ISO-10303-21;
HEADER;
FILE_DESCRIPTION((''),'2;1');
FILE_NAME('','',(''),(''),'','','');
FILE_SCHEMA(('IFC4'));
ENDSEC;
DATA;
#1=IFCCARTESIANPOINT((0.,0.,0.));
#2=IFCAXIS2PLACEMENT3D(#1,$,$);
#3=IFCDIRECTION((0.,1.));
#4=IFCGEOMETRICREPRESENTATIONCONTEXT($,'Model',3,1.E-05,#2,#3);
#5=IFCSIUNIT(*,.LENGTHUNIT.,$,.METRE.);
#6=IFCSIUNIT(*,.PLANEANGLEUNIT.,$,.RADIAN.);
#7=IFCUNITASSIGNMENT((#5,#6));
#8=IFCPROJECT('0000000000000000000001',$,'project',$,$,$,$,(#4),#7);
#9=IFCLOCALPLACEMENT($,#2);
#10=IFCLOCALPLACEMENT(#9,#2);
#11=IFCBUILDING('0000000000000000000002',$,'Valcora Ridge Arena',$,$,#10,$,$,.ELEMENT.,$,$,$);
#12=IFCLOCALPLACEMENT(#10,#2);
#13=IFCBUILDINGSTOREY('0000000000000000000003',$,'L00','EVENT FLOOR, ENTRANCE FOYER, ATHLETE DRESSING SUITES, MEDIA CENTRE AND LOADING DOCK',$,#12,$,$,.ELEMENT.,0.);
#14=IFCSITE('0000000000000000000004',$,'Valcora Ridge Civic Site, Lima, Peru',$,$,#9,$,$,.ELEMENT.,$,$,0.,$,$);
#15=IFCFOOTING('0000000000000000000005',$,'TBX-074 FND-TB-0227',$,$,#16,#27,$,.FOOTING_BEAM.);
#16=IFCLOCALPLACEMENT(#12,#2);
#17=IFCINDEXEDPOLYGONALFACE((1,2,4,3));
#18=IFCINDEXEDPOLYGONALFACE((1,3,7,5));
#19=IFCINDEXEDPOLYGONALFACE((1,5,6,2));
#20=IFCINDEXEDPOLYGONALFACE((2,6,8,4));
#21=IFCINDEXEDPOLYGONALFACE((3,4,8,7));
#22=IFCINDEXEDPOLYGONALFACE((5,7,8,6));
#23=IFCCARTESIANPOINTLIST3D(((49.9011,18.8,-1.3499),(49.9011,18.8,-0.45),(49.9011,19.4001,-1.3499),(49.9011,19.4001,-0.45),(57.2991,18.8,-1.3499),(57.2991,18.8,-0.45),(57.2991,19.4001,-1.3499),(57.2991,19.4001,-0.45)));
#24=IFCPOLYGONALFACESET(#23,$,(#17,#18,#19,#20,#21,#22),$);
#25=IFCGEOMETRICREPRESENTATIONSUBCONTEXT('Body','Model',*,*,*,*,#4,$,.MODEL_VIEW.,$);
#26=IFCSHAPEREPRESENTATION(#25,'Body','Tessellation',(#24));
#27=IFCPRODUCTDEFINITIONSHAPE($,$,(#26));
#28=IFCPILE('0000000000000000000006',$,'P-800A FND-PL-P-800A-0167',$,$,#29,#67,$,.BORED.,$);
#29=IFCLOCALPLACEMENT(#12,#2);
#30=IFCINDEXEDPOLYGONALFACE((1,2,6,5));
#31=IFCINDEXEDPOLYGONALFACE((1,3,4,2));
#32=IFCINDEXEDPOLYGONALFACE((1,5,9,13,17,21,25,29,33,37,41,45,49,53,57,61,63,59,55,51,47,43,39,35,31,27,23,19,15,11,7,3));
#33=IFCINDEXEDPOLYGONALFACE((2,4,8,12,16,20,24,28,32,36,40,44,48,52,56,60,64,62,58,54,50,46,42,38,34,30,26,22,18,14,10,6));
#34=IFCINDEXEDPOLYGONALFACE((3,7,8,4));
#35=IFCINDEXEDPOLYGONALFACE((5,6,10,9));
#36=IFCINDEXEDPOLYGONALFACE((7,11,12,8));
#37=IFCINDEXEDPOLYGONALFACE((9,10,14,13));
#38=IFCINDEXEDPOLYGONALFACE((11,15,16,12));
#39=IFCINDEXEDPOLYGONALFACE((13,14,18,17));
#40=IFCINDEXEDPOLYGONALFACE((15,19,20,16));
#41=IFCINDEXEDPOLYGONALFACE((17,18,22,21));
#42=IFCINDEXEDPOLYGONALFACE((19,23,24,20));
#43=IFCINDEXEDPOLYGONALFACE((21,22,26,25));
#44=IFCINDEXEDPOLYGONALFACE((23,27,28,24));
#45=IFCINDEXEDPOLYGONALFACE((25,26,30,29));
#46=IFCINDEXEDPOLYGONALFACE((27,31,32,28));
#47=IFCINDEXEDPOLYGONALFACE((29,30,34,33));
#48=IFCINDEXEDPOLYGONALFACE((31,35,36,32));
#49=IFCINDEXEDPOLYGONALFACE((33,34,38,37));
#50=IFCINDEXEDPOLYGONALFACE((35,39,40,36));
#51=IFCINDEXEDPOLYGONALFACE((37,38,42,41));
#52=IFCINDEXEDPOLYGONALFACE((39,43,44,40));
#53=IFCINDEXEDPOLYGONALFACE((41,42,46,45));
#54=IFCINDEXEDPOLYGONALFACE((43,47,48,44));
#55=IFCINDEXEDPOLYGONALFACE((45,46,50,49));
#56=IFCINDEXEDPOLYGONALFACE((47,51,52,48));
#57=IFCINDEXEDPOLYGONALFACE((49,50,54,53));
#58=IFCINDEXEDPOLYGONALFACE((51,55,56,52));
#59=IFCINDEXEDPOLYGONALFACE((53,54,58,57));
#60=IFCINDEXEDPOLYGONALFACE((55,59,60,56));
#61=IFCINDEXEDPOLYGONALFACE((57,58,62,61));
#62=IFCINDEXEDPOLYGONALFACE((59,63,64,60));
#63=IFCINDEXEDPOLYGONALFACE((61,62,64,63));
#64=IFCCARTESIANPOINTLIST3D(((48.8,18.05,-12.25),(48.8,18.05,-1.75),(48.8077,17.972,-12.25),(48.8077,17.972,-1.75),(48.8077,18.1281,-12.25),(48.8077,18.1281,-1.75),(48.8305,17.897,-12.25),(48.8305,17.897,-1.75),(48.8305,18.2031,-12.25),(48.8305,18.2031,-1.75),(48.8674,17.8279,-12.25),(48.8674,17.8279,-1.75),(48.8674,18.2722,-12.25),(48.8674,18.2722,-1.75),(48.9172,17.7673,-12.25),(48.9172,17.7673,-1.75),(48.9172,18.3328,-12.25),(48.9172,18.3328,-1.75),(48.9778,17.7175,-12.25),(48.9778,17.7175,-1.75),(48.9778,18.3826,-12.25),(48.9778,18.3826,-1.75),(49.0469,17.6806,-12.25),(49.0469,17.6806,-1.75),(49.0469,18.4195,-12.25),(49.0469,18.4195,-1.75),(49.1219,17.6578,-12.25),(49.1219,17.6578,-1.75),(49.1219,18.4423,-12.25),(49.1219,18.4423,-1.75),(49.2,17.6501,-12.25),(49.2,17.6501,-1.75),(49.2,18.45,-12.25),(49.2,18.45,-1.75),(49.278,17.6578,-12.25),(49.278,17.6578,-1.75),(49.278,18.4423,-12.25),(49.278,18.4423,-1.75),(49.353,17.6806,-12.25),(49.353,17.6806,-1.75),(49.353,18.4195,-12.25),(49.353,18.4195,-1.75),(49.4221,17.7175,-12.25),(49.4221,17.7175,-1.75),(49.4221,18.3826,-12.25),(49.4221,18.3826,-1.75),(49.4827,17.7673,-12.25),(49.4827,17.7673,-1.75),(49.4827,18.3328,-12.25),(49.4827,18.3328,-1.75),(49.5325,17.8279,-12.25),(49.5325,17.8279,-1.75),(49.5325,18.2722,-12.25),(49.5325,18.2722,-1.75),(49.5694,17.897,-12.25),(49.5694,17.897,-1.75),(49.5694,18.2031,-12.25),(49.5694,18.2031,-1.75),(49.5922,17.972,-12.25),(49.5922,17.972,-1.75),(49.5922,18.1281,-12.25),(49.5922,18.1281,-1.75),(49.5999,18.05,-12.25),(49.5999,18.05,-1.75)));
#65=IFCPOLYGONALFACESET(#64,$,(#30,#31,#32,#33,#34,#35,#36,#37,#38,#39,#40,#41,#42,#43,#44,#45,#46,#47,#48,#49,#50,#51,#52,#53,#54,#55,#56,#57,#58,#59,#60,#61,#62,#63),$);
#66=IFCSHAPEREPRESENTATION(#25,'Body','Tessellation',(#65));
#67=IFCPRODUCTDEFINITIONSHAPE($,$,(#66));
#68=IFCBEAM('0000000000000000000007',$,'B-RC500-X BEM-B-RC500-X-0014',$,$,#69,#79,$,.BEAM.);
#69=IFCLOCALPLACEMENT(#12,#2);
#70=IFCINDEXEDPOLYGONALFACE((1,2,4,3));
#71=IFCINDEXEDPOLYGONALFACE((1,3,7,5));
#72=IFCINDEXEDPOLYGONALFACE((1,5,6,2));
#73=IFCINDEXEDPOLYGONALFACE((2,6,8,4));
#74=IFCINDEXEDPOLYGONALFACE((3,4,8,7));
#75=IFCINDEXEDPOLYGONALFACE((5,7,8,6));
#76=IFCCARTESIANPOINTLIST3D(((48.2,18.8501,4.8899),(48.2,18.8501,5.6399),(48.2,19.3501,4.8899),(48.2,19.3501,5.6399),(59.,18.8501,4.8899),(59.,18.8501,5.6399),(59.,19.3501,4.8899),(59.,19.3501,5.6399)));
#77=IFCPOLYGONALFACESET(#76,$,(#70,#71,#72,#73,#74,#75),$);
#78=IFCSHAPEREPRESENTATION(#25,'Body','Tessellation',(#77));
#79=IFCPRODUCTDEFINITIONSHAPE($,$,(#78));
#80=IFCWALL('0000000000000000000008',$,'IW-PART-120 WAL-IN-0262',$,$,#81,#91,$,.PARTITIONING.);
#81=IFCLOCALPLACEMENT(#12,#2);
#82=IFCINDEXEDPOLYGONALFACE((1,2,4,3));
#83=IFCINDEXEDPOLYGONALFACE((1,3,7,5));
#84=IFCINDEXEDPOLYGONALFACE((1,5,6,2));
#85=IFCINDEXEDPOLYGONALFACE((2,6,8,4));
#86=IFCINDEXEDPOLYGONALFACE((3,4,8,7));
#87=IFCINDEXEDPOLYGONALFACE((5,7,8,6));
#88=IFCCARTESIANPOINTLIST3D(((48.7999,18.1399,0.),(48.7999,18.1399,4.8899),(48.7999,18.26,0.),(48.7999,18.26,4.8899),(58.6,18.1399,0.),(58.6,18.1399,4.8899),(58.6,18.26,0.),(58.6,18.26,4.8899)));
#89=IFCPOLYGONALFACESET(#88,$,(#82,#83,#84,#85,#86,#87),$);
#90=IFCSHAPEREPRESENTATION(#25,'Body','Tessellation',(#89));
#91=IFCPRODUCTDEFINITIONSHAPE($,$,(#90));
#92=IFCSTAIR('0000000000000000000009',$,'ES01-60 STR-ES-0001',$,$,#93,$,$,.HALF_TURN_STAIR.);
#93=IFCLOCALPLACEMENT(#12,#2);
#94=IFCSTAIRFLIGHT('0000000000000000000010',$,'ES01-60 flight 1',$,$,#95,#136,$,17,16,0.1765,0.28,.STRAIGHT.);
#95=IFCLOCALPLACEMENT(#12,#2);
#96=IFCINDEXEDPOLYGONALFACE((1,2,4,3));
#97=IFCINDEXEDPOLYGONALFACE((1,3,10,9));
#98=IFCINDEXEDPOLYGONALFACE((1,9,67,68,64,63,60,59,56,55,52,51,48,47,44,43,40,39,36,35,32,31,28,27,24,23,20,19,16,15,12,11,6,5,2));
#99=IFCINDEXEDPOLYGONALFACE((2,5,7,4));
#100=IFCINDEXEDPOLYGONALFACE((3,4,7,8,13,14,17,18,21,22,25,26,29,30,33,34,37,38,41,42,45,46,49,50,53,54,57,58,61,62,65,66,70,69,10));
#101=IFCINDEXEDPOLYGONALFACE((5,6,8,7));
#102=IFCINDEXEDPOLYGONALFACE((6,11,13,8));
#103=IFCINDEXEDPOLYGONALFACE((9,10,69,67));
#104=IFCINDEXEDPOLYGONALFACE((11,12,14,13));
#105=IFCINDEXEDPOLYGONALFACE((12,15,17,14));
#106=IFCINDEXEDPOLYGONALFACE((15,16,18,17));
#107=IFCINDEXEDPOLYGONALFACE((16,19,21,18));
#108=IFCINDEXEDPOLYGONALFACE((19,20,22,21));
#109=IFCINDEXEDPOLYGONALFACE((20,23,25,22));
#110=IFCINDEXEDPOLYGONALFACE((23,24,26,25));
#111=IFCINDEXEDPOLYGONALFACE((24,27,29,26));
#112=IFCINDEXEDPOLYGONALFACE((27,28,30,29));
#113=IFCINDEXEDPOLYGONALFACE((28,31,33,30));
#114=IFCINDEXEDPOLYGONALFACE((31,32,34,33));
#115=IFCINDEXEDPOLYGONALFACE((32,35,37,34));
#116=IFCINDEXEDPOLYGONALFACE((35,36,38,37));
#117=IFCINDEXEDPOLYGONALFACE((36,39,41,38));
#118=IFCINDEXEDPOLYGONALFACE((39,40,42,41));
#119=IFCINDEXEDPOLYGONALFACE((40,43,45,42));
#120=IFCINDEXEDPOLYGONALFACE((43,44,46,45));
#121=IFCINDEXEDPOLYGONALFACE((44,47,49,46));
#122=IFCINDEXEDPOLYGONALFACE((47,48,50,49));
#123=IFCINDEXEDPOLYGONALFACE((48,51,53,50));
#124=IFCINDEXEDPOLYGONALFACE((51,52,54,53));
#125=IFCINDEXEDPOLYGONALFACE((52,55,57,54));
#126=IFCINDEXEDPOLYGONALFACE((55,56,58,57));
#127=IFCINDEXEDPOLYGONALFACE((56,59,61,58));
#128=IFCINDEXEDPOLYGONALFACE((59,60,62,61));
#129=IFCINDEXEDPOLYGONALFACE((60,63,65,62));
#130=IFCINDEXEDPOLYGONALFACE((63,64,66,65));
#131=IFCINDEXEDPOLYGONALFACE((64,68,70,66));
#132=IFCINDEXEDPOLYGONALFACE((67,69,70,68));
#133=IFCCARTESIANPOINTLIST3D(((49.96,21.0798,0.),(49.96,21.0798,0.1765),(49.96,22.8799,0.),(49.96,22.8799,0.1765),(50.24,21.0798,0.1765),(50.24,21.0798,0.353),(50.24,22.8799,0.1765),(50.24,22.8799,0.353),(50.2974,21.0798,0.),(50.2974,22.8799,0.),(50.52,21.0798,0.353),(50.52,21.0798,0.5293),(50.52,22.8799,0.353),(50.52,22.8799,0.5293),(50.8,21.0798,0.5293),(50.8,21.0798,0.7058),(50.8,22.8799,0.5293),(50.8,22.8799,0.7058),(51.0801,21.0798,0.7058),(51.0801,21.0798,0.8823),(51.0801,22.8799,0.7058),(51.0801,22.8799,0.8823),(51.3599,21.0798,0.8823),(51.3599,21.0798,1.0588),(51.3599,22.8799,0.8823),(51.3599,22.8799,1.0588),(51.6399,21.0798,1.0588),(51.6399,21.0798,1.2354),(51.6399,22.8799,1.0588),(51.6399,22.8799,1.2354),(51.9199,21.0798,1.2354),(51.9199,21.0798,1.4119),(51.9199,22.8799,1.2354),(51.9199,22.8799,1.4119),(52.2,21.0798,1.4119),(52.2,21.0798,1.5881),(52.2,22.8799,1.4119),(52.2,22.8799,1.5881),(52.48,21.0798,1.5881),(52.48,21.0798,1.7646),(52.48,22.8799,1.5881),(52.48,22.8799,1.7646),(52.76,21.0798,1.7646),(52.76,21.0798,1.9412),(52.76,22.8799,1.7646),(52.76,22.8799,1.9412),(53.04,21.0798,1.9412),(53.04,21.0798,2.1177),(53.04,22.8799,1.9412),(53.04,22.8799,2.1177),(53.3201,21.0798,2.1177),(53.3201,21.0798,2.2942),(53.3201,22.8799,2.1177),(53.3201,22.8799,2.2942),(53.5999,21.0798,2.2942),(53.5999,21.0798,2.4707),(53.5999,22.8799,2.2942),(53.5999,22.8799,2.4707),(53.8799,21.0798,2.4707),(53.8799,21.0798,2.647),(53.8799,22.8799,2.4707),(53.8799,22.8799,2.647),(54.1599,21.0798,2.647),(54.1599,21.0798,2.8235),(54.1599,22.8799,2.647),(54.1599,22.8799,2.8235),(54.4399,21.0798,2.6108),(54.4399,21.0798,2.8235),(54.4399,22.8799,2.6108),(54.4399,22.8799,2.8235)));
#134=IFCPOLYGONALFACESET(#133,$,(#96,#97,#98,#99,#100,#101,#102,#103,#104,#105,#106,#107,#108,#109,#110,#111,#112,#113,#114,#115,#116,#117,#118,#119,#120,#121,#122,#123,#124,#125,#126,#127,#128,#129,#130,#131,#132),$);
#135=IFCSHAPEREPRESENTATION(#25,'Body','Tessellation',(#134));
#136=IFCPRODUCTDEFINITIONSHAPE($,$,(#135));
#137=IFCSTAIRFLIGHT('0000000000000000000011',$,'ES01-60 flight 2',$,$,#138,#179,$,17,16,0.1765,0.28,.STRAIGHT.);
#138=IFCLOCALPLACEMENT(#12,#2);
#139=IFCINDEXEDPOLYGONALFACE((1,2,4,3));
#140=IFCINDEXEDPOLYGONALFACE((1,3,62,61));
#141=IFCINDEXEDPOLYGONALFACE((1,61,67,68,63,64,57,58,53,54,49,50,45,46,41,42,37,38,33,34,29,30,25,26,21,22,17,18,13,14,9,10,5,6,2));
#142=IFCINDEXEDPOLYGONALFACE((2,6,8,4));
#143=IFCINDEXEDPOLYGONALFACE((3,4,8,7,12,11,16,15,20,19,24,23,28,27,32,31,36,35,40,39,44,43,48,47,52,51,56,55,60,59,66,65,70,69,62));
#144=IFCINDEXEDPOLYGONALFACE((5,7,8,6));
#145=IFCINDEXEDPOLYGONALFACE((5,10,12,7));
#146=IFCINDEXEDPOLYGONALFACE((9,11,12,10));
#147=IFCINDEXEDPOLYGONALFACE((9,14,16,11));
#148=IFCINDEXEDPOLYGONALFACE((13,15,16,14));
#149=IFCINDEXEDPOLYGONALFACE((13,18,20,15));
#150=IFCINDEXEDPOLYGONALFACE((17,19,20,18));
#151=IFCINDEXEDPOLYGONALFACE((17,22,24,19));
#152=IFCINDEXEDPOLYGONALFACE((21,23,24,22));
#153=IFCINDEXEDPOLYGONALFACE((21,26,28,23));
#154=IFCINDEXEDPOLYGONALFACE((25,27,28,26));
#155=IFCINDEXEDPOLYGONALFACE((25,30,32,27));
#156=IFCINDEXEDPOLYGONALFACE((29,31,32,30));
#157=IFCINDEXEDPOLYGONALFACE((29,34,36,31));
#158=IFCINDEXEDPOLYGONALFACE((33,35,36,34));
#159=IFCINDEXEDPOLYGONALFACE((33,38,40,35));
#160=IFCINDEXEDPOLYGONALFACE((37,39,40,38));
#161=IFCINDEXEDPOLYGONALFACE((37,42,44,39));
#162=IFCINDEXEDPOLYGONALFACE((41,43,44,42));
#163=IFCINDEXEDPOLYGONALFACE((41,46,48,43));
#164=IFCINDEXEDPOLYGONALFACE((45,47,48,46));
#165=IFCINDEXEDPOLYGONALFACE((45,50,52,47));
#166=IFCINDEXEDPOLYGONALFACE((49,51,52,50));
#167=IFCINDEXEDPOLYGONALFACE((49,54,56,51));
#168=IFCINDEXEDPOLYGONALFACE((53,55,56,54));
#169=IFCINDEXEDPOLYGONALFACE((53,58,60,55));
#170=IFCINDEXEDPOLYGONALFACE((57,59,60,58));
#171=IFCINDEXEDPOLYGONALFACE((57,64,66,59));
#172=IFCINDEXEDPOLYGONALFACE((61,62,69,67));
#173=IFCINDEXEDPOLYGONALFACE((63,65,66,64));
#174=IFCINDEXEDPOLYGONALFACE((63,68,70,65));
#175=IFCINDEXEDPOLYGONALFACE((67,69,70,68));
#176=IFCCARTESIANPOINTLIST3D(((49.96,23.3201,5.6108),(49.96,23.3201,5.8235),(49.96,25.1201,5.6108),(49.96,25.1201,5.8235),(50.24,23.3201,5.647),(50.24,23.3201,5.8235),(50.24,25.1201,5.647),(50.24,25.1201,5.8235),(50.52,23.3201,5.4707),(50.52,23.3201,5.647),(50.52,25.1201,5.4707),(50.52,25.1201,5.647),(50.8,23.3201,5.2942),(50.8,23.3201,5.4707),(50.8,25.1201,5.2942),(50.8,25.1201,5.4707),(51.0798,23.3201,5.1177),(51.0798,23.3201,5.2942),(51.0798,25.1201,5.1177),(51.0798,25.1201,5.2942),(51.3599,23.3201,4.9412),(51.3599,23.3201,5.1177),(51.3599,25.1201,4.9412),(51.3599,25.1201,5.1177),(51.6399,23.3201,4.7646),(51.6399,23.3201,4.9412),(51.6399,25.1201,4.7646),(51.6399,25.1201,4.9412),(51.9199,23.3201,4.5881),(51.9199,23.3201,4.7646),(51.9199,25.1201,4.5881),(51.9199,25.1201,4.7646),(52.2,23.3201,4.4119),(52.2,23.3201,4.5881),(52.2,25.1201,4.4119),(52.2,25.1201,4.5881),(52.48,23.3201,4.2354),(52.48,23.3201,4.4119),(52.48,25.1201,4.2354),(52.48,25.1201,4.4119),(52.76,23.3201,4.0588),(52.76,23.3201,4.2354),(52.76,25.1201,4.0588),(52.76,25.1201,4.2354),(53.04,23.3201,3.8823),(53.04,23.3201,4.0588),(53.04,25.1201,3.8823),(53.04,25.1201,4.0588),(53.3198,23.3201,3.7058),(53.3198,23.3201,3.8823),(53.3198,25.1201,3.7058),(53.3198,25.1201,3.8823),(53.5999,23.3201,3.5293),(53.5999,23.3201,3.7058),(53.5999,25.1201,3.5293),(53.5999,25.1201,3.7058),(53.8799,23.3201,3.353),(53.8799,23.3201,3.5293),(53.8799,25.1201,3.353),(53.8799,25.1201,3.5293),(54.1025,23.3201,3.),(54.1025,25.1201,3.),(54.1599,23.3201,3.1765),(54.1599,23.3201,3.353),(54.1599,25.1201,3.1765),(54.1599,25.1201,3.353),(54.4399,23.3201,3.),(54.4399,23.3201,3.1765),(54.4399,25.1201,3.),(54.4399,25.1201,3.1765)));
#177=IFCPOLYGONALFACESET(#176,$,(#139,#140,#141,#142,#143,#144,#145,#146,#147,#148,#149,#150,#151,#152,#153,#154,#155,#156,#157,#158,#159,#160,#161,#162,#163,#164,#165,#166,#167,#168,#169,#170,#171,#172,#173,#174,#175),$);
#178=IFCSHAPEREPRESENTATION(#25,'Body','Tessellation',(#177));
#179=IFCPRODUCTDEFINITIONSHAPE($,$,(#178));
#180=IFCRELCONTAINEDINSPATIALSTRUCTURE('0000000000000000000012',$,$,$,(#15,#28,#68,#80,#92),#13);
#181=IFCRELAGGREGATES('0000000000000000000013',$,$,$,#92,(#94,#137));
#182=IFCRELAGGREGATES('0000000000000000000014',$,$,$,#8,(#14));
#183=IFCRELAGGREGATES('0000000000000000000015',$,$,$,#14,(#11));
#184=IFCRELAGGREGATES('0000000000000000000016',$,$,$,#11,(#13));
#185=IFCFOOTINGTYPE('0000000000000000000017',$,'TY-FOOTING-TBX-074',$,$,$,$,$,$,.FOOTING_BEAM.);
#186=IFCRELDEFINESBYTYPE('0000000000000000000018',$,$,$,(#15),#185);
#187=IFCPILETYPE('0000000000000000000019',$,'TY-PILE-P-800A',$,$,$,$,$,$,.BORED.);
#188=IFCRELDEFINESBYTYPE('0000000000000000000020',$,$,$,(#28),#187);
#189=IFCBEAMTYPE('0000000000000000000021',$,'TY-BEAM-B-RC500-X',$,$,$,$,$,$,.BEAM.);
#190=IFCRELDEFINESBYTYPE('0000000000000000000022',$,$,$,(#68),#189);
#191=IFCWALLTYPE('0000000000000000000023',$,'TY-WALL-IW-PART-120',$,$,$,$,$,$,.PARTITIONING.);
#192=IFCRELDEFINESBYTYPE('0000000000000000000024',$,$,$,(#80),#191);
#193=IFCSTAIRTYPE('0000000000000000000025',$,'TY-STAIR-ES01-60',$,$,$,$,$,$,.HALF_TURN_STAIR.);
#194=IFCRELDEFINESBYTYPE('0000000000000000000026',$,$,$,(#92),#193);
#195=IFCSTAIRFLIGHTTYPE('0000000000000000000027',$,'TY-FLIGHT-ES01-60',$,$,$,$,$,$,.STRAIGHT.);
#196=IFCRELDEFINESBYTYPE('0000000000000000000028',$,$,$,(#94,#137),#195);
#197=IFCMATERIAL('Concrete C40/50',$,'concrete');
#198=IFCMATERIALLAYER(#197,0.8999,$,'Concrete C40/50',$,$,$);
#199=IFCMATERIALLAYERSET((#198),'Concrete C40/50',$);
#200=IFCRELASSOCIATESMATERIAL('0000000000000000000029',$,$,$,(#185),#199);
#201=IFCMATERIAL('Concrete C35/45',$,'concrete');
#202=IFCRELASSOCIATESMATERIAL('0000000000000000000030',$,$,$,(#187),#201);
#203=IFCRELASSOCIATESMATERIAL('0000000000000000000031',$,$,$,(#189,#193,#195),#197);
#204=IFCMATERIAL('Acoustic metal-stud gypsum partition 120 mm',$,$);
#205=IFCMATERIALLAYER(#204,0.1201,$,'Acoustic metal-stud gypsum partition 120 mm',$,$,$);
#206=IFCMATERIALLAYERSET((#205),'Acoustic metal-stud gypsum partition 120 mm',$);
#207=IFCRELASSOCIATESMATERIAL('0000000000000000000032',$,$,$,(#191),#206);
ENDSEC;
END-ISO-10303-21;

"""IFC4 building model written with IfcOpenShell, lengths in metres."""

from ifc_helpers import new_model, si_unit, direction, frame, frame_2d, origin, origin_2d, place, context, subcontext, project, spatial, polyline, rectangle, circle, outline, extrude, material, layer, layer_set, material_profile, profile_set, type_object, element, aggregate, save


model = new_model("IFC4")

# Units and contexts
model_context = context("Model", 3, precision=1e-05, world=origin(), true_north=direction((0.0, 1.0)))
body_context = subcontext(model_context, "Body", "Model", "MODEL_VIEW")
ifc_project = project(units=[si_unit("LENGTHUNIT", "METRE"), si_unit("PLANEANGLEUNIT", "RADIAN")], contexts=[model_context])

# Site, building, storey
site_placement = place(None, origin())
site = spatial("IfcSite", under=ifc_project, at=site_placement, Name="Valcora Ridge Civic Site, Lima, Peru", CompositionType="ELEMENT", RefElevation=0.0)
building_placement = place(site_placement, origin())
building = spatial("IfcBuilding", under=site, at=building_placement, Name="Valcora Ridge Arena", CompositionType="ELEMENT")
storey_placement = place(building_placement, origin())
storey = spatial("IfcBuildingStorey", under=building, at=storey_placement, Name="L00", Description="EVENT FLOOR, ENTRANCE FOYER, ATHLETE DRESSING SUITES, MEDIA CENTRE AND LOADING DOCK", CompositionType="ELEMENT", Elevation=0.0)

# Footing
ifc_material_1 = material(Name="Concrete C40/50", Category="concrete")
ifc_layer_1 = layer(ifc_material_1, 0.8999, Name="Concrete C40/50")
ifc_layer_set_1 = layer_set([ifc_layer_1], Name="Concrete C40/50")
footing_type = type_object("IfcFootingType", Name="TY-FOOTING-TBX-074", PredefinedType="FOOTING_BEAM", material=ifc_layer_set_1)
footing_placement = place(storey_placement, frame((53.6001, 19.1001, -1.3499), z_axis=(0.0, 0.0, 1.0), x_axis=(1.0, 0.0, 0.0)))
element("IfcFooting", 1, at=footing_placement, inside=storey, type_object=footing_type, Name="TBX-074 FND-TB-0227", PredefinedType="FOOTING_BEAM", context=body_context, shape_type="SweptSolid", body=[
    extrude(rectangle(XDim=7.3979, YDim=0.6001, at=origin_2d()), origin(), (0.0, 0.0, 1.0), 0.8999),
])

# Pile
ifc_material_2 = material(Name="Concrete C35/45", Category="concrete")
ifc_material_profile_1 = material_profile(ifc_material_2, circle(Radius=0.3999, at=origin_2d()), Name="BORED PILE D800")
ifc_profile_set_1 = profile_set([ifc_material_profile_1], Name="Concrete C35/45")
pile_type = type_object("IfcPileType", Name="TY-PILE-P-800A", PredefinedType="BORED", material=ifc_profile_set_1)
pile_placement = place(storey_placement, frame((49.2, 18.05, -1.75), z_axis=(0.0, 0.0, -1.0), x_axis=(1.0, 0.0, 0.0)))
element("IfcPile", 2, at=pile_placement, inside=storey, type_object=pile_type, Name="P-800A FND-PL-P-800A-0167", PredefinedType="BORED", context=body_context, shape_type="SweptSolid", body=[
    extrude(circle(Radius=0.3999, at=origin_2d()), origin(), (0.0, 0.0, 1.0), 10.5),
])

# Beam
ifc_material_profile_2 = material_profile(ifc_material_1, rectangle(XDim=0.5, YDim=0.75, at=origin_2d()), Name="RC 500x750")
ifc_profile_set_2 = profile_set([ifc_material_profile_2], Name="Concrete C40/50")
beam_type = type_object("IfcBeamType", Name="TY-BEAM-B-RC500-X", PredefinedType="BEAM", material=ifc_profile_set_2)
beam_placement = place(storey_placement, frame((48.2, 19.1001, 5.2649), z_axis=(1.0, 0.0, 0.0), x_axis=(0.0, 1.0, 0.0)))
element("IfcBeam", 3, at=beam_placement, inside=storey, type_object=beam_type, Name="B-RC500-X BEM-B-RC500-X-0014", PredefinedType="BEAM", context=body_context, shape_type="SweptSolid", body=[
    extrude(rectangle(XDim=0.5, YDim=0.75, at=origin_2d()), origin(), (0.0, 0.0, 1.0), 10.8),
])

# Wall
ifc_material_3 = material(Name="Acoustic metal-stud gypsum partition 120 mm")
ifc_layer_2 = layer(ifc_material_3, 0.1201, Name="Acoustic metal-stud gypsum partition 120 mm")
ifc_layer_set_2 = layer_set([ifc_layer_2], Name="Acoustic metal-stud gypsum partition 120 mm")
wall_type = type_object("IfcWallType", Name="TY-WALL-IW-PART-120", PredefinedType="PARTITIONING", material=ifc_layer_set_2)
wall_placement = place(storey_placement, frame((48.8, 18.2, 0.0), z_axis=(0.0, 0.0, 1.0), x_axis=(1.0, 0.0, 0.0)))
element("IfcWall", 4, at=wall_placement, inside=storey, type_object=wall_type, Name="IW-PART-120 WAL-IN-0262", PredefinedType="PARTITIONING", context=body_context, shape_type="SweptSolid", body=[
    extrude(rectangle(XDim=9.8, YDim=0.1201, at=frame_2d((4.8999, 0.0))), origin(), (0.0, 0.0, 1.0), 4.8899),
])

# Stair, stair flights
stair_type = type_object("IfcStairType", Name="TY-STAIR-ES01-60", PredefinedType="HALF_TURN_STAIR", material=ifc_material_1)
stair_placement = place(storey_placement, origin())
stair = element("IfcStair", 5, at=stair_placement, inside=storey, type_object=stair_type, Name="ES01-60 STR-ES-0001", PredefinedType="HALF_TURN_STAIR")
stair_flight_type = type_object("IfcStairFlightType", Name="TY-FLIGHT-ES01-60", PredefinedType="STRAIGHT", material=ifc_material_1)
stair_flight_1_placement = place(storey_placement, frame((49.96, 21.98, 0.0), z_axis=(0.0, 0.0, 1.0), x_axis=(1.0, 0.0, 0.0)))
stair_flight_1 = element("IfcStairFlight", 6, at=stair_flight_1_placement, type_object=stair_flight_type, Name="ES01-60 flight 1", NumberOfRisers=17, NumberOfTreads=16, PredefinedType="STRAIGHT", RiserHeight=0.1765, TreadLength=0.28, context=body_context, shape_type="SweptSolid", body=[
    extrude(outline(polyline([(0.0, 0.0), (0.0, 0.1765), (0.28, 0.1765), (0.28, 0.353), (0.5601, 0.353), (0.5601, 0.5293), (0.8401, 0.5293), (0.8401, 0.7058), (1.1201, 0.7058), (1.1201, 0.8823), (1.3999, 0.8823), (1.3999, 1.0588), (1.6799, 1.0588), (1.6799, 1.2354), (1.96, 1.2354), (1.96, 1.4119), (2.24, 1.4119), (2.24, 1.5881), (2.52, 1.5881), (2.52, 1.7646), (2.8, 1.7646), (2.8, 1.9412), (3.0801, 1.9412), (3.0801, 2.1177), (3.3601, 2.1177), (3.3601, 2.2942), (3.6399, 2.2942), (3.6399, 2.4707), (3.9199, 2.4707), (3.9199, 2.647), (4.2, 2.647), (4.2, 2.8235), (4.48, 2.8235), (4.48, 3.0), (4.48, 2.6108), (0.3374, 0.0), (0.0, 0.0)])), frame((0.0, 0.8999, 0.0), z_axis=(0.0, -1.0, 0.0), x_axis=(1.0, 0.0, 0.0)), (0.0, 0.0, 1.0), 1.8),
])
stair_flight_2_placement = place(storey_placement, frame((54.4399, 24.22, 3.0), z_axis=(0.0, 0.0, 1.0), x_axis=(-1.0, 0.0, 0.0)))
stair_flight_2 = element("IfcStairFlight", 7, at=stair_flight_2_placement, type_object=stair_flight_type, Name="ES01-60 flight 2", NumberOfRisers=17, NumberOfTreads=16, PredefinedType="STRAIGHT", RiserHeight=0.1765, TreadLength=0.28, context=body_context, shape_type="SweptSolid", body=[
    extrude(outline(polyline([(0.0, 0.0), (0.0, 0.1765), (0.28, 0.1765), (0.28, 0.353), (0.5601, 0.353), (0.5601, 0.5293), (0.8401, 0.5293), (0.8401, 0.7058), (1.1201, 0.7058), (1.1201, 0.8823), (1.3999, 0.8823), (1.3999, 1.0588), (1.6799, 1.0588), (1.6799, 1.2354), (1.96, 1.2354), (1.96, 1.4119), (2.24, 1.4119), (2.24, 1.5881), (2.52, 1.5881), (2.52, 1.7646), (2.8, 1.7646), (2.8, 1.9412), (3.0801, 1.9412), (3.0801, 2.1177), (3.3601, 2.1177), (3.3601, 2.2942), (3.6399, 2.2942), (3.6399, 2.4707), (3.9199, 2.4707), (3.9199, 2.647), (4.2, 2.647), (4.2, 2.8235), (4.48, 2.8235), (4.48, 3.0), (4.48, 2.6108), (0.3374, 0.0), (0.0, 0.0)])), frame((0.0, 0.8999, 0.0), z_axis=(0.0, -1.0, 0.0), x_axis=(1.0, 0.0, 0.0)), (0.0, 0.0, 1.0), 1.8),
])
aggregate(stair, [stair_flight_1, stair_flight_2])

save(model, "model.ifc")
